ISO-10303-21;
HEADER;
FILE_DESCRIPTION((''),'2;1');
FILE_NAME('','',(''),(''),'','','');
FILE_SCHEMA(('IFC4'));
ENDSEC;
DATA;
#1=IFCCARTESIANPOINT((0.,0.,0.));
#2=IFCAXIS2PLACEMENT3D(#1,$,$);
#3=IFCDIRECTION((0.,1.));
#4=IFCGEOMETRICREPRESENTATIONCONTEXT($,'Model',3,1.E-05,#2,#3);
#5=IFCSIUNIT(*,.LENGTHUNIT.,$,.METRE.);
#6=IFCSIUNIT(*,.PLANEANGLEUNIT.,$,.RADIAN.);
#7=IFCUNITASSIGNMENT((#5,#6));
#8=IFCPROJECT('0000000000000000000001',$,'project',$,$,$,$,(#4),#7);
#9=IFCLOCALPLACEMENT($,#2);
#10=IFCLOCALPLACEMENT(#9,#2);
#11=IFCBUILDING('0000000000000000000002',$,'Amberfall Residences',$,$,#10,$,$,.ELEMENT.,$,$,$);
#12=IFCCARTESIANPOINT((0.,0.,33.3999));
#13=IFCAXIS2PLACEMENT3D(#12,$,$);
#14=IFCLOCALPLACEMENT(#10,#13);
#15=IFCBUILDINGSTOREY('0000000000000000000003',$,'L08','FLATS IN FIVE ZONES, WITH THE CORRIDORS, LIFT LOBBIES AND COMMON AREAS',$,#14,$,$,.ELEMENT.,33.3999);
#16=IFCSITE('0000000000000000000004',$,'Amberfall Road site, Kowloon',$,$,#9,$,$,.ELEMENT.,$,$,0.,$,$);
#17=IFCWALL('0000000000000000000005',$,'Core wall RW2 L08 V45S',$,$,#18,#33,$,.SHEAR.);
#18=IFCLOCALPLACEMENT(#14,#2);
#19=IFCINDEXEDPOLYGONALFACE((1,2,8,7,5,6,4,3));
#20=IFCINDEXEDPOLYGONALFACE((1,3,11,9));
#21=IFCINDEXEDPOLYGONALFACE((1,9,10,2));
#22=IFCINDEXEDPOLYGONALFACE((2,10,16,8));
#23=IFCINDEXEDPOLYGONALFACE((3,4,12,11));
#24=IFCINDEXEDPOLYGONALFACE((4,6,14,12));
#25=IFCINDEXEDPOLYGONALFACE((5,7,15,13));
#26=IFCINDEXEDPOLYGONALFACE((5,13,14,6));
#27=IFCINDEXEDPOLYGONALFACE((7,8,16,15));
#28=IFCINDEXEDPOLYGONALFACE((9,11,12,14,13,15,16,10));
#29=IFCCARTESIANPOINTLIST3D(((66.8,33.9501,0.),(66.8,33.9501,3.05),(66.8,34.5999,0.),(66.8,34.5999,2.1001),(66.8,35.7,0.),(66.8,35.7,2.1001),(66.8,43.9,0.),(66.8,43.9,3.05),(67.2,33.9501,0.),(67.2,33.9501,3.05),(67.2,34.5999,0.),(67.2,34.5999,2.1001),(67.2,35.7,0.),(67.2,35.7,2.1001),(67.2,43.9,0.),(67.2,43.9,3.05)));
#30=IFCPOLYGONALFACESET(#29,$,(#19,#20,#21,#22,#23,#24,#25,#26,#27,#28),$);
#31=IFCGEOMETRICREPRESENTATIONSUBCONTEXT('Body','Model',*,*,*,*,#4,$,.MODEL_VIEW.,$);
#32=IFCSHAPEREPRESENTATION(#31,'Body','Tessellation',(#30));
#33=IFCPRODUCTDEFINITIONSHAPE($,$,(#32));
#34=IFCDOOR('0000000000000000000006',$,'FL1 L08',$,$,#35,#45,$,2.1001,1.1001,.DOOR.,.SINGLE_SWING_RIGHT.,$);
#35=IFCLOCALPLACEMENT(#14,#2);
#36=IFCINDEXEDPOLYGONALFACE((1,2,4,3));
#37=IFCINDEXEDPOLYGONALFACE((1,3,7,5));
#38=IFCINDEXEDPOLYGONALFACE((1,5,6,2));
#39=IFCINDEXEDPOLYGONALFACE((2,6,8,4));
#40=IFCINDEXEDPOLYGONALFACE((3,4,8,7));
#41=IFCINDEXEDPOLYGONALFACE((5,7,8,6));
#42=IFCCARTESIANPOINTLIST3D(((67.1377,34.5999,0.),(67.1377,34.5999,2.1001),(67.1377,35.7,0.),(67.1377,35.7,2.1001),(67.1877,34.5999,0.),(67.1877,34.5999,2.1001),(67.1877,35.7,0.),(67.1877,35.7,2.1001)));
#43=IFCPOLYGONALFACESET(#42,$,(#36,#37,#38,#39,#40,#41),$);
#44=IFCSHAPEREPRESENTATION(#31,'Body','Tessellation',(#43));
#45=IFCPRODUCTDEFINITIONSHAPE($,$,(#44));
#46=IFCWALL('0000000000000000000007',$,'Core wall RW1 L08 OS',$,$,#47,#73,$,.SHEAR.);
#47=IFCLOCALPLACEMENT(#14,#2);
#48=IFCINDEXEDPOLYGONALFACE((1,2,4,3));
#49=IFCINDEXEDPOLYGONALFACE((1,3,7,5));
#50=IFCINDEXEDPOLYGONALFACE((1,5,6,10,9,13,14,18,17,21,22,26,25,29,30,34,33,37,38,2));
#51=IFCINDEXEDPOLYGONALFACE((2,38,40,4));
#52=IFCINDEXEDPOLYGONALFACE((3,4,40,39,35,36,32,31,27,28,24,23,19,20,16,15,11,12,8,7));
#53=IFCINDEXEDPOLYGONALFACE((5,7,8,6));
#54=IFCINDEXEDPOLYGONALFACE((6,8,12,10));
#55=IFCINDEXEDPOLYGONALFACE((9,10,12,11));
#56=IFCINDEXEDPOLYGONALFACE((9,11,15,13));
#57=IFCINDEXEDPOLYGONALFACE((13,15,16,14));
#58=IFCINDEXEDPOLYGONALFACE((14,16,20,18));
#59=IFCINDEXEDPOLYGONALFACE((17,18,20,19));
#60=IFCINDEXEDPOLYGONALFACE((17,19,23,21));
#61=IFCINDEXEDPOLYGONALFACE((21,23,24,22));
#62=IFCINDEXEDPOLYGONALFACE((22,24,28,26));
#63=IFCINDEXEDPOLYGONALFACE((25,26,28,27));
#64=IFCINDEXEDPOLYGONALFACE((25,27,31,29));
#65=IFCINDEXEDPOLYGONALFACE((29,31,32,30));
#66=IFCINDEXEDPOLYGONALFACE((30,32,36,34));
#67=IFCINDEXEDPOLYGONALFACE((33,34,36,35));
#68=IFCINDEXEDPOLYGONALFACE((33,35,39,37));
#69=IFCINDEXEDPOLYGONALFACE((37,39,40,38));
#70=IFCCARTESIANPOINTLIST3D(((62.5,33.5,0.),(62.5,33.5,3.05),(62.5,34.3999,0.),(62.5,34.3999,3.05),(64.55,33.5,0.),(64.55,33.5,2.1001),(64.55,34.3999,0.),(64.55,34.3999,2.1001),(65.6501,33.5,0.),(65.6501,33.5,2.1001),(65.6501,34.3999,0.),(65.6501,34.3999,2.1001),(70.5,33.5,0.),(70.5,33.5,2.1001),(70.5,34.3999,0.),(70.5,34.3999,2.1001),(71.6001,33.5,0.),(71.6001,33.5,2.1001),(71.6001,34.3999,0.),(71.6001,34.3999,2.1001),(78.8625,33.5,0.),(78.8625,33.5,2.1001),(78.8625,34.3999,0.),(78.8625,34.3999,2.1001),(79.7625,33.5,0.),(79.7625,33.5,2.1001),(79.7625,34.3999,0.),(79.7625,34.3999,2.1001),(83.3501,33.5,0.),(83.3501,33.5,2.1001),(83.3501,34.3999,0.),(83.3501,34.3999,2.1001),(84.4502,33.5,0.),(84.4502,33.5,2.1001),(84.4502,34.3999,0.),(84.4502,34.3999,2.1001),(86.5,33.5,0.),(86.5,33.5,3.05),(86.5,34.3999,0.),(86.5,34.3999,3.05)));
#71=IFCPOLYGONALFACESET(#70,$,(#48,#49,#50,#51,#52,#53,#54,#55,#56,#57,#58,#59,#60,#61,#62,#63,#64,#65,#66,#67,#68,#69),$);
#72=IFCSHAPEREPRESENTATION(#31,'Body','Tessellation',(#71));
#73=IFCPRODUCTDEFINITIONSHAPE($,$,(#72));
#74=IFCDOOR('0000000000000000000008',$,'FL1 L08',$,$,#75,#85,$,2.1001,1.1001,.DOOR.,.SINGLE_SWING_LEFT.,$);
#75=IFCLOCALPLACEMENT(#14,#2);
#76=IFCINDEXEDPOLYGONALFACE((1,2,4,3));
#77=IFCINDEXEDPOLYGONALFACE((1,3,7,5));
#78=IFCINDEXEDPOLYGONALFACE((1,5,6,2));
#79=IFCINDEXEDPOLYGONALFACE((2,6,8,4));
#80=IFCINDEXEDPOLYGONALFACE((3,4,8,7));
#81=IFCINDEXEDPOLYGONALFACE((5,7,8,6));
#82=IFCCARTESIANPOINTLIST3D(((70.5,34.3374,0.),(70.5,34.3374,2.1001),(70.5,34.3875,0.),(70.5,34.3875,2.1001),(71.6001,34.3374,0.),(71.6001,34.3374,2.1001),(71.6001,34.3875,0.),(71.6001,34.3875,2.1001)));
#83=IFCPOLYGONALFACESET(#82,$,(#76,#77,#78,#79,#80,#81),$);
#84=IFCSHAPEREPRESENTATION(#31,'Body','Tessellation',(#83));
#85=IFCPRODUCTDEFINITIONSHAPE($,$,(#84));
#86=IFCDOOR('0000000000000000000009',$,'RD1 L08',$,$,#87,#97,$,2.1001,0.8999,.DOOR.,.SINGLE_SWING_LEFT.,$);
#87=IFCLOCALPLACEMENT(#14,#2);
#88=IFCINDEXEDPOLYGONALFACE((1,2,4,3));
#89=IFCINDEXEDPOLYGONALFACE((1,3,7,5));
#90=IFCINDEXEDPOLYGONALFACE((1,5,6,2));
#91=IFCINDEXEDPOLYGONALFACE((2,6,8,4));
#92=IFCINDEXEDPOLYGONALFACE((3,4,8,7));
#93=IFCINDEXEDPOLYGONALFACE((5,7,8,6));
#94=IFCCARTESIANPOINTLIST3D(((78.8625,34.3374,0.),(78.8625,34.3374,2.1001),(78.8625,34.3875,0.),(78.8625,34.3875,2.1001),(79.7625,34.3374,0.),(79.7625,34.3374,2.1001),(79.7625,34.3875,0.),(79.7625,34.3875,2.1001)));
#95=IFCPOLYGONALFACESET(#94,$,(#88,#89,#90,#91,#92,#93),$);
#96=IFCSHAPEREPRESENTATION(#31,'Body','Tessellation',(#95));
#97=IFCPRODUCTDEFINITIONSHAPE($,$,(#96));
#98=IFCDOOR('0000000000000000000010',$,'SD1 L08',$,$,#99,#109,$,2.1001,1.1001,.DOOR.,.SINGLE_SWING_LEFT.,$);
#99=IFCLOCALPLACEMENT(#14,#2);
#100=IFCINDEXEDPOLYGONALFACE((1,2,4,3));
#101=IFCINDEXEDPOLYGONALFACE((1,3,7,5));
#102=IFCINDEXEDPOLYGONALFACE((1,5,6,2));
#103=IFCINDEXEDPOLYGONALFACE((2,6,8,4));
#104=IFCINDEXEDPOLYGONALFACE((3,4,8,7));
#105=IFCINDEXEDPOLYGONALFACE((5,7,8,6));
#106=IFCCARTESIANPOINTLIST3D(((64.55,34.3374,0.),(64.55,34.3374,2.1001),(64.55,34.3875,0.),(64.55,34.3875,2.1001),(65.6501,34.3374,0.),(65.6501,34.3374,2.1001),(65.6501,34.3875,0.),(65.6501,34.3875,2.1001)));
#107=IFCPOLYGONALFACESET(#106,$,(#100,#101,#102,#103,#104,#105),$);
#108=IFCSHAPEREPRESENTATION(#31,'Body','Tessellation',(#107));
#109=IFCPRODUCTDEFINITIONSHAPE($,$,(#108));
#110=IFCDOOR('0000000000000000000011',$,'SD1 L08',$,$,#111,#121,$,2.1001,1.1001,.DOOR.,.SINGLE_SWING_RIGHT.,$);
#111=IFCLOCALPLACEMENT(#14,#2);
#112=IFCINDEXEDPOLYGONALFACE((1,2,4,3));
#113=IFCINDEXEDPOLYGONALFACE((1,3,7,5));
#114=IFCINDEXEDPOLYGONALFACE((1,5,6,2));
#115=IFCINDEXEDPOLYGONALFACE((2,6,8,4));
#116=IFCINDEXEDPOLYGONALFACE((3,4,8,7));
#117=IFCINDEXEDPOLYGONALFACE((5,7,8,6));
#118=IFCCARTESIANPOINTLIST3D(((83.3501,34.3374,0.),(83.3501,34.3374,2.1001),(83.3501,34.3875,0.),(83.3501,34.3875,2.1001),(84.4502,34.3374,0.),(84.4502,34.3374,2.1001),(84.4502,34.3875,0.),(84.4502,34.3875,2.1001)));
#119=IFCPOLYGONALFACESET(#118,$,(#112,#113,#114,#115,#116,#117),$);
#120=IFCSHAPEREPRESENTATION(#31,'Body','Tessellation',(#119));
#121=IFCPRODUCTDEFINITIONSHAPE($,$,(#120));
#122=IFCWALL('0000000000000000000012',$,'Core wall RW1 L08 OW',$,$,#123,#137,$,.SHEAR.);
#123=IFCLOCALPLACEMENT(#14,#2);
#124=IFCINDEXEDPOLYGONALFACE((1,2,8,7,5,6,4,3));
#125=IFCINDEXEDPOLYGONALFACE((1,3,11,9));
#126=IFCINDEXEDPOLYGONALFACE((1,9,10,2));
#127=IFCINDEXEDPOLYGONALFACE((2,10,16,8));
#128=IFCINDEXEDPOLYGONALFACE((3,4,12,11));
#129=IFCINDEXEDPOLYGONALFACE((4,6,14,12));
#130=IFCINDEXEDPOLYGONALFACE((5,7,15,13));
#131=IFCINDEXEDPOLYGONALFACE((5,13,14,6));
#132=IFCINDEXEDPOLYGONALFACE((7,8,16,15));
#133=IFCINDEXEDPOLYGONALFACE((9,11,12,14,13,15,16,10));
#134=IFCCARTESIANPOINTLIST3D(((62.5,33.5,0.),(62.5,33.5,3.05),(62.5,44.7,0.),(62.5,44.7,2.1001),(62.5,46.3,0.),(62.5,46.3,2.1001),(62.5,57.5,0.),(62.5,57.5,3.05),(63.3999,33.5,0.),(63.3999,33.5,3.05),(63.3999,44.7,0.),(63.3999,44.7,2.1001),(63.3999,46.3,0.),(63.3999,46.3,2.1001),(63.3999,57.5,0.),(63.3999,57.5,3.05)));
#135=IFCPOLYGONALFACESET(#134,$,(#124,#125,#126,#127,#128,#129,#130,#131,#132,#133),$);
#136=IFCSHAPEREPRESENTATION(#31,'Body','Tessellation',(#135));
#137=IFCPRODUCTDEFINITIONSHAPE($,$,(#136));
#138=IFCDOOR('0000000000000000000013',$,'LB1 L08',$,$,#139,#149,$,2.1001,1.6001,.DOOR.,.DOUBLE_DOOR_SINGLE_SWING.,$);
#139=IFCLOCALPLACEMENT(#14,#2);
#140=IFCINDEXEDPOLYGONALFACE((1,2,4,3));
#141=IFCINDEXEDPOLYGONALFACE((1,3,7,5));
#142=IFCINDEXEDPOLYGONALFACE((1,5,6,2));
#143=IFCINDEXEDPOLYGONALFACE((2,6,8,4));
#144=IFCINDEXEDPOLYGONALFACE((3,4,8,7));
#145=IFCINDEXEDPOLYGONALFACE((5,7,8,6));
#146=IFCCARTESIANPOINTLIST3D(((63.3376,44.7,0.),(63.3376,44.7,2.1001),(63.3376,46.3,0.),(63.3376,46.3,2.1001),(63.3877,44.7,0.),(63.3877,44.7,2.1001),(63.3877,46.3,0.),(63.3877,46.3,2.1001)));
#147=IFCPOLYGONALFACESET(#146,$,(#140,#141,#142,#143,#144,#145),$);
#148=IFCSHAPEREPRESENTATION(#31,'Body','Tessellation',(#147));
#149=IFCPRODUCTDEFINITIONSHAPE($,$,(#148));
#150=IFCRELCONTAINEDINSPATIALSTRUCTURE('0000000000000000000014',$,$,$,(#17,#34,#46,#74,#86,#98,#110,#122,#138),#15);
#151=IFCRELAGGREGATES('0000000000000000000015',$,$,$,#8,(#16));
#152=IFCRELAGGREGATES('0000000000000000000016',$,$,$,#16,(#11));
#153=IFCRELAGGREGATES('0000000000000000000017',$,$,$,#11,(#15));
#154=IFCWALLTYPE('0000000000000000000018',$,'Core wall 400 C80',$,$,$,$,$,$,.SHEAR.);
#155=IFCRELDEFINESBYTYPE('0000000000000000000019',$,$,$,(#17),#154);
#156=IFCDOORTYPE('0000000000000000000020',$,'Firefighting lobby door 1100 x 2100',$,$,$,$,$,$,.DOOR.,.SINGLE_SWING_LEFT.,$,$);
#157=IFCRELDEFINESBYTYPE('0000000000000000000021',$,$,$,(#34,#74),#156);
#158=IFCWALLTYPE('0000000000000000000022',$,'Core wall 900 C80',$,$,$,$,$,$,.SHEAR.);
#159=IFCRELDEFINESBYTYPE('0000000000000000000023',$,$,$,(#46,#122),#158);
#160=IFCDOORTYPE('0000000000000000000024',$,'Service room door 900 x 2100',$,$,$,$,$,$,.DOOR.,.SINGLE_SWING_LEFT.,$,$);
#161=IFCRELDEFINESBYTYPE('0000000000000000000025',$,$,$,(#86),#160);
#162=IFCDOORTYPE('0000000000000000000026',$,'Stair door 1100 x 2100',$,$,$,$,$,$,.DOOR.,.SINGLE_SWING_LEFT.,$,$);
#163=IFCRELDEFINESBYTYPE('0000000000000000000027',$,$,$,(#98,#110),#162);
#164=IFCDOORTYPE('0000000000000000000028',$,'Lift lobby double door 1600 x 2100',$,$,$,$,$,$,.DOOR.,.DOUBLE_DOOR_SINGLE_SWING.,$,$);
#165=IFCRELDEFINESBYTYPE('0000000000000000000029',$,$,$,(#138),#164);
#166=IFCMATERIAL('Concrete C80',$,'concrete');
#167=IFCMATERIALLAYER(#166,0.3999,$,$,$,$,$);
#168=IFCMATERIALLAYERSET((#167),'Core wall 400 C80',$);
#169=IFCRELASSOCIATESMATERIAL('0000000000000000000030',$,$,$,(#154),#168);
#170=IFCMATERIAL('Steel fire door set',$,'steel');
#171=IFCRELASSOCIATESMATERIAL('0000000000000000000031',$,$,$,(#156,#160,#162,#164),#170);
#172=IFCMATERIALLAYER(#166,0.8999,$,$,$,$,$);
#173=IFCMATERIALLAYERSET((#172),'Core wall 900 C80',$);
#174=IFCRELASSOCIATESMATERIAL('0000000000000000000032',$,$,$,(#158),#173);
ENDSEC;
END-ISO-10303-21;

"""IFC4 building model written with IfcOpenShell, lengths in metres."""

from ifc_helpers import new_model, si_unit, direction, frame, frame_2d, origin, place, context, subcontext, project, spatial, rectangle, extrude, material, layer, layer_set, type_object, element, fill, save


model = new_model("IFC4")

# Units and contexts
model_context = context("Model", 3, precision=1e-05, world=origin(), true_north=direction((0.0, 1.0)))
body_context = subcontext(model_context, "Body", "Model", "MODEL_VIEW")
ifc_project = project(units=[si_unit("LENGTHUNIT", "METRE"), si_unit("PLANEANGLEUNIT", "RADIAN")], contexts=[model_context])

# Site, building, storey
site_placement = place(None, origin())
site = spatial("IfcSite", under=ifc_project, at=site_placement, Name="Amberfall Road site, Kowloon", CompositionType="ELEMENT", RefElevation=0.0)
building_placement = place(site_placement, origin())
building = spatial("IfcBuilding", under=site, at=building_placement, Name="Amberfall Residences", CompositionType="ELEMENT")
storey_placement = place(building_placement, frame((0.0, 0.0, 33.3999)))
storey = spatial("IfcBuildingStorey", under=building, at=storey_placement, Name="L08", Description="FLATS IN FIVE ZONES, WITH THE CORRIDORS, LIFT LOBBIES AND COMMON AREAS", CompositionType="ELEMENT", Elevation=33.3999)

# Wall, opening, door
ifc_material_1 = material(Name="Concrete C80", Category="concrete")
ifc_layer_1 = layer(ifc_material_1, 0.3999)
ifc_layer_set_1 = layer_set([ifc_layer_1], Name="Core wall 400 C80")
wall_type_1 = type_object("IfcWallType", Name="Core wall 400 C80", PredefinedType="SHEAR", material=ifc_layer_set_1)
wall_1_placement = place(storey_placement, frame((67.0, 33.95, 0.0), z_axis=(0.0, 0.0, 1.0), x_axis=(0.0, 1.0, 0.0)))
wall_1 = element("IfcWall", 1, at=wall_1_placement, inside=storey, type_object=wall_type_1, Name="Core wall RW2 L08 V45S", PredefinedType="SHEAR", context=body_context, shape_type="SweptSolid", body=[
    extrude(rectangle(XDim=9.95, YDim=0.3999, at=frame_2d((4.9751, 0.0))), origin(), (0.0, 0.0, 1.0), 3.05),
])
opening_1_placement = place(wall_1_placement, frame((0.6499, 0.0, 0.0)))
opening_1 = element("IfcOpeningElement", 2, at=opening_1_placement, cuts=wall_1, PredefinedType="OPENING", context=body_context, shape_type="SweptSolid", body=[
    extrude(rectangle(XDim=1.1001, YDim=2.1001, at=frame_2d((0.55, 1.05))), frame((0.0, 0.21, 0.0), z_axis=(0.0, -1.0, 0.0), x_axis=(1.0, 0.0, 0.0)), (0.0, 0.0, 1.0), 0.4199),
])
ifc_material_2 = material(Name="Steel fire door set", Category="steel")
door_type_1 = type_object("IfcDoorType", Name="Firefighting lobby door 1100 x 2100", OperationType="SINGLE_SWING_LEFT", PredefinedType="DOOR", material=ifc_material_2)
door_1_placement = place(opening_1_placement, origin())
door_1 = element("IfcDoor", 3, at=door_1_placement, inside=storey, type_object=door_type_1, Name="FL1 L08", OperationType="SINGLE_SWING_RIGHT", OverallHeight=2.1001, OverallWidth=1.1001, PredefinedType="DOOR", context=body_context, shape_type="SweptSolid", body=[
    extrude(rectangle(XDim=1.1001, YDim=2.1001, at=frame_2d((0.55, 1.05))), frame((0.0, -0.1377, 0.0), z_axis=(0.0, -1.0, 0.0), x_axis=(1.0, 0.0, 0.0)), (0.0, 0.0, 1.0), 0.05),
])
fill(opening_1, door_1)

# Wall, openings, doors
ifc_layer_2 = layer(ifc_material_1, 0.8999)
ifc_layer_set_2 = layer_set([ifc_layer_2], Name="Core wall 900 C80")
wall_type_2 = type_object("IfcWallType", Name="Core wall 900 C80", PredefinedType="SHEAR", material=ifc_layer_set_2)
wall_2_placement = place(storey_placement, frame((62.5, 33.95, 0.0), z_axis=(0.0, 0.0, 1.0), x_axis=(1.0, 0.0, 0.0)))
wall_2 = element("IfcWall", 4, at=wall_2_placement, inside=storey, type_object=wall_type_2, Name="Core wall RW1 L08 OS", PredefinedType="SHEAR", context=body_context, shape_type="SweptSolid", body=[
    extrude(rectangle(XDim=24.0, YDim=0.8999, at=frame_2d((12.0, 0.0))), origin(), (0.0, 0.0, 1.0), 3.05),
])
opening_2_placement = place(wall_2_placement, frame((2.05, 0.0, 0.0)))
opening_2 = element("IfcOpeningElement", 5, at=opening_2_placement, cuts=wall_2, PredefinedType="OPENING", context=body_context, shape_type="SweptSolid", body=[
    extrude(rectangle(XDim=1.1001, YDim=2.1001, at=frame_2d((0.55, 1.05))), frame((0.0, 0.46, 0.0), z_axis=(0.0, -1.0, 0.0), x_axis=(1.0, 0.0, 0.0)), (0.0, 0.0, 1.0), 0.9199),
])
opening_3_placement = place(wall_2_placement, frame((20.8501, 0.0, 0.0)))
opening_3 = element("IfcOpeningElement", 6, at=opening_3_placement, cuts=wall_2, PredefinedType="OPENING", context=body_context, shape_type="SweptSolid", body=[
    extrude(rectangle(XDim=1.1001, YDim=2.1001, at=frame_2d((0.55, 1.05))), frame((0.0, 0.46, 0.0), z_axis=(0.0, -1.0, 0.0), x_axis=(1.0, 0.0, 0.0)), (0.0, 0.0, 1.0), 0.9199),
])
opening_4_placement = place(wall_2_placement, frame((8.0, 0.0, 0.0)))
opening_4 = element("IfcOpeningElement", 7, at=opening_4_placement, cuts=wall_2, PredefinedType="OPENING", context=body_context, shape_type="SweptSolid", body=[
    extrude(rectangle(XDim=1.1001, YDim=2.1001, at=frame_2d((0.55, 1.05))), frame((0.0, 0.46, 0.0), z_axis=(0.0, -1.0, 0.0), x_axis=(1.0, 0.0, 0.0)), (0.0, 0.0, 1.0), 0.9199),
])
opening_5_placement = place(wall_2_placement, frame((16.3625, 0.0, 0.0)))
opening_5 = element("IfcOpeningElement", 8, at=opening_5_placement, cuts=wall_2, PredefinedType="OPENING", context=body_context, shape_type="SweptSolid", body=[
    extrude(rectangle(XDim=0.8999, YDim=2.1001, at=frame_2d((0.45, 1.05))), frame((0.0, 0.46, 0.0), z_axis=(0.0, -1.0, 0.0), x_axis=(1.0, 0.0, 0.0)), (0.0, 0.0, 1.0), 0.9199),
])
door_2_placement = place(opening_4_placement, origin())
door_2 = element("IfcDoor", 9, at=door_2_placement, inside=storey, type_object=door_type_1, Name="FL1 L08", OperationType="SINGLE_SWING_LEFT", OverallHeight=2.1001, OverallWidth=1.1001, PredefinedType="DOOR", context=body_context, shape_type="SweptSolid", body=[
    extrude(rectangle(XDim=1.1001, YDim=2.1001, at=frame_2d((0.55, 1.05))), frame((0.0, 0.4375, 0.0), z_axis=(0.0, -1.0, 0.0), x_axis=(1.0, 0.0, 0.0)), (0.0, 0.0, 1.0), 0.05),
])
fill(opening_4, door_2)
door_type_2 = type_object("IfcDoorType", Name="Service room door 900 x 2100", OperationType="SINGLE_SWING_LEFT", PredefinedType="DOOR", material=ifc_material_2)
door_3_placement = place(opening_5_placement, origin())
door_3 = element("IfcDoor", 10, at=door_3_placement, inside=storey, type_object=door_type_2, Name="RD1 L08", OperationType="SINGLE_SWING_LEFT", OverallHeight=2.1001, OverallWidth=0.8999, PredefinedType="DOOR", context=body_context, shape_type="SweptSolid", body=[
    extrude(rectangle(XDim=0.8999, YDim=2.1001, at=frame_2d((0.45, 1.05))), frame((0.0, 0.4375, 0.0), z_axis=(0.0, -1.0, 0.0), x_axis=(1.0, 0.0, 0.0)), (0.0, 0.0, 1.0), 0.05),
])
fill(opening_5, door_3)
door_type_3 = type_object("IfcDoorType", Name="Stair door 1100 x 2100", OperationType="SINGLE_SWING_LEFT", PredefinedType="DOOR", material=ifc_material_2)
door_4_placement = place(opening_2_placement, origin())
door_4 = element("IfcDoor", 11, at=door_4_placement, inside=storey, type_object=door_type_3, Name="SD1 L08", OperationType="SINGLE_SWING_LEFT", OverallHeight=2.1001, OverallWidth=1.1001, PredefinedType="DOOR", context=body_context, shape_type="SweptSolid", body=[
    extrude(rectangle(XDim=1.1001, YDim=2.1001, at=frame_2d((0.55, 1.05))), frame((0.0, 0.4375, 0.0), z_axis=(0.0, -1.0, 0.0), x_axis=(1.0, 0.0, 0.0)), (0.0, 0.0, 1.0), 0.05),
])
fill(opening_2, door_4)
door_5_placement = place(opening_3_placement, origin())
door_5 = element("IfcDoor", 12, at=door_5_placement, inside=storey, type_object=door_type_3, Name="SD1 L08", OperationType="SINGLE_SWING_RIGHT", OverallHeight=2.1001, OverallWidth=1.1001, PredefinedType="DOOR", context=body_context, shape_type="SweptSolid", body=[
    extrude(rectangle(XDim=1.1001, YDim=2.1001, at=frame_2d((0.55, 1.05))), frame((0.0, 0.4375, 0.0), z_axis=(0.0, -1.0, 0.0), x_axis=(1.0, 0.0, 0.0)), (0.0, 0.0, 1.0), 0.05),
])
fill(opening_3, door_5)

# Wall, opening, door
wall_3_placement = place(storey_placement, frame((62.95, 33.5, 0.0), z_axis=(0.0, 0.0, 1.0), x_axis=(0.0, 1.0, 0.0)))
wall_3 = element("IfcWall", 13, at=wall_3_placement, inside=storey, type_object=wall_type_2, Name="Core wall RW1 L08 OW", PredefinedType="SHEAR", context=body_context, shape_type="SweptSolid", body=[
    extrude(rectangle(XDim=24.0, YDim=0.8999, at=frame_2d((12.0, 0.0))), origin(), (0.0, 0.0, 1.0), 3.05),
])
opening_6_placement = place(wall_3_placement, frame((11.2, 0.0, 0.0)))
opening_6 = element("IfcOpeningElement", 14, at=opening_6_placement, cuts=wall_3, PredefinedType="OPENING", context=body_context, shape_type="SweptSolid", body=[
    extrude(rectangle(XDim=1.6001, YDim=2.1001, at=frame_2d((0.8, 1.05))), frame((0.0, 0.46, 0.0), z_axis=(0.0, -1.0, 0.0), x_axis=(1.0, 0.0, 0.0)), (0.0, 0.0, 1.0), 0.9199),
])
door_type_4 = type_object("IfcDoorType", Name="Lift lobby double door 1600 x 2100", OperationType="DOUBLE_DOOR_SINGLE_SWING", PredefinedType="DOOR", material=ifc_material_2)
door_6_placement = place(opening_6_placement, origin())
door_6 = element("IfcDoor", 15, at=door_6_placement, inside=storey, type_object=door_type_4, Name="LB1 L08", OperationType="DOUBLE_DOOR_SINGLE_SWING", OverallHeight=2.1001, OverallWidth=1.6001, PredefinedType="DOOR", context=body_context, shape_type="SweptSolid", body=[
    extrude(rectangle(XDim=1.6001, YDim=2.1001, at=frame_2d((0.8, 1.05))), frame((0.0, -0.3877, 0.0), z_axis=(0.0, -1.0, 0.0), x_axis=(1.0, 0.0, 0.0)), (0.0, 0.0, 1.0), 0.05),
])
fill(opening_6, door_6)

save(model, "model.ifc")
